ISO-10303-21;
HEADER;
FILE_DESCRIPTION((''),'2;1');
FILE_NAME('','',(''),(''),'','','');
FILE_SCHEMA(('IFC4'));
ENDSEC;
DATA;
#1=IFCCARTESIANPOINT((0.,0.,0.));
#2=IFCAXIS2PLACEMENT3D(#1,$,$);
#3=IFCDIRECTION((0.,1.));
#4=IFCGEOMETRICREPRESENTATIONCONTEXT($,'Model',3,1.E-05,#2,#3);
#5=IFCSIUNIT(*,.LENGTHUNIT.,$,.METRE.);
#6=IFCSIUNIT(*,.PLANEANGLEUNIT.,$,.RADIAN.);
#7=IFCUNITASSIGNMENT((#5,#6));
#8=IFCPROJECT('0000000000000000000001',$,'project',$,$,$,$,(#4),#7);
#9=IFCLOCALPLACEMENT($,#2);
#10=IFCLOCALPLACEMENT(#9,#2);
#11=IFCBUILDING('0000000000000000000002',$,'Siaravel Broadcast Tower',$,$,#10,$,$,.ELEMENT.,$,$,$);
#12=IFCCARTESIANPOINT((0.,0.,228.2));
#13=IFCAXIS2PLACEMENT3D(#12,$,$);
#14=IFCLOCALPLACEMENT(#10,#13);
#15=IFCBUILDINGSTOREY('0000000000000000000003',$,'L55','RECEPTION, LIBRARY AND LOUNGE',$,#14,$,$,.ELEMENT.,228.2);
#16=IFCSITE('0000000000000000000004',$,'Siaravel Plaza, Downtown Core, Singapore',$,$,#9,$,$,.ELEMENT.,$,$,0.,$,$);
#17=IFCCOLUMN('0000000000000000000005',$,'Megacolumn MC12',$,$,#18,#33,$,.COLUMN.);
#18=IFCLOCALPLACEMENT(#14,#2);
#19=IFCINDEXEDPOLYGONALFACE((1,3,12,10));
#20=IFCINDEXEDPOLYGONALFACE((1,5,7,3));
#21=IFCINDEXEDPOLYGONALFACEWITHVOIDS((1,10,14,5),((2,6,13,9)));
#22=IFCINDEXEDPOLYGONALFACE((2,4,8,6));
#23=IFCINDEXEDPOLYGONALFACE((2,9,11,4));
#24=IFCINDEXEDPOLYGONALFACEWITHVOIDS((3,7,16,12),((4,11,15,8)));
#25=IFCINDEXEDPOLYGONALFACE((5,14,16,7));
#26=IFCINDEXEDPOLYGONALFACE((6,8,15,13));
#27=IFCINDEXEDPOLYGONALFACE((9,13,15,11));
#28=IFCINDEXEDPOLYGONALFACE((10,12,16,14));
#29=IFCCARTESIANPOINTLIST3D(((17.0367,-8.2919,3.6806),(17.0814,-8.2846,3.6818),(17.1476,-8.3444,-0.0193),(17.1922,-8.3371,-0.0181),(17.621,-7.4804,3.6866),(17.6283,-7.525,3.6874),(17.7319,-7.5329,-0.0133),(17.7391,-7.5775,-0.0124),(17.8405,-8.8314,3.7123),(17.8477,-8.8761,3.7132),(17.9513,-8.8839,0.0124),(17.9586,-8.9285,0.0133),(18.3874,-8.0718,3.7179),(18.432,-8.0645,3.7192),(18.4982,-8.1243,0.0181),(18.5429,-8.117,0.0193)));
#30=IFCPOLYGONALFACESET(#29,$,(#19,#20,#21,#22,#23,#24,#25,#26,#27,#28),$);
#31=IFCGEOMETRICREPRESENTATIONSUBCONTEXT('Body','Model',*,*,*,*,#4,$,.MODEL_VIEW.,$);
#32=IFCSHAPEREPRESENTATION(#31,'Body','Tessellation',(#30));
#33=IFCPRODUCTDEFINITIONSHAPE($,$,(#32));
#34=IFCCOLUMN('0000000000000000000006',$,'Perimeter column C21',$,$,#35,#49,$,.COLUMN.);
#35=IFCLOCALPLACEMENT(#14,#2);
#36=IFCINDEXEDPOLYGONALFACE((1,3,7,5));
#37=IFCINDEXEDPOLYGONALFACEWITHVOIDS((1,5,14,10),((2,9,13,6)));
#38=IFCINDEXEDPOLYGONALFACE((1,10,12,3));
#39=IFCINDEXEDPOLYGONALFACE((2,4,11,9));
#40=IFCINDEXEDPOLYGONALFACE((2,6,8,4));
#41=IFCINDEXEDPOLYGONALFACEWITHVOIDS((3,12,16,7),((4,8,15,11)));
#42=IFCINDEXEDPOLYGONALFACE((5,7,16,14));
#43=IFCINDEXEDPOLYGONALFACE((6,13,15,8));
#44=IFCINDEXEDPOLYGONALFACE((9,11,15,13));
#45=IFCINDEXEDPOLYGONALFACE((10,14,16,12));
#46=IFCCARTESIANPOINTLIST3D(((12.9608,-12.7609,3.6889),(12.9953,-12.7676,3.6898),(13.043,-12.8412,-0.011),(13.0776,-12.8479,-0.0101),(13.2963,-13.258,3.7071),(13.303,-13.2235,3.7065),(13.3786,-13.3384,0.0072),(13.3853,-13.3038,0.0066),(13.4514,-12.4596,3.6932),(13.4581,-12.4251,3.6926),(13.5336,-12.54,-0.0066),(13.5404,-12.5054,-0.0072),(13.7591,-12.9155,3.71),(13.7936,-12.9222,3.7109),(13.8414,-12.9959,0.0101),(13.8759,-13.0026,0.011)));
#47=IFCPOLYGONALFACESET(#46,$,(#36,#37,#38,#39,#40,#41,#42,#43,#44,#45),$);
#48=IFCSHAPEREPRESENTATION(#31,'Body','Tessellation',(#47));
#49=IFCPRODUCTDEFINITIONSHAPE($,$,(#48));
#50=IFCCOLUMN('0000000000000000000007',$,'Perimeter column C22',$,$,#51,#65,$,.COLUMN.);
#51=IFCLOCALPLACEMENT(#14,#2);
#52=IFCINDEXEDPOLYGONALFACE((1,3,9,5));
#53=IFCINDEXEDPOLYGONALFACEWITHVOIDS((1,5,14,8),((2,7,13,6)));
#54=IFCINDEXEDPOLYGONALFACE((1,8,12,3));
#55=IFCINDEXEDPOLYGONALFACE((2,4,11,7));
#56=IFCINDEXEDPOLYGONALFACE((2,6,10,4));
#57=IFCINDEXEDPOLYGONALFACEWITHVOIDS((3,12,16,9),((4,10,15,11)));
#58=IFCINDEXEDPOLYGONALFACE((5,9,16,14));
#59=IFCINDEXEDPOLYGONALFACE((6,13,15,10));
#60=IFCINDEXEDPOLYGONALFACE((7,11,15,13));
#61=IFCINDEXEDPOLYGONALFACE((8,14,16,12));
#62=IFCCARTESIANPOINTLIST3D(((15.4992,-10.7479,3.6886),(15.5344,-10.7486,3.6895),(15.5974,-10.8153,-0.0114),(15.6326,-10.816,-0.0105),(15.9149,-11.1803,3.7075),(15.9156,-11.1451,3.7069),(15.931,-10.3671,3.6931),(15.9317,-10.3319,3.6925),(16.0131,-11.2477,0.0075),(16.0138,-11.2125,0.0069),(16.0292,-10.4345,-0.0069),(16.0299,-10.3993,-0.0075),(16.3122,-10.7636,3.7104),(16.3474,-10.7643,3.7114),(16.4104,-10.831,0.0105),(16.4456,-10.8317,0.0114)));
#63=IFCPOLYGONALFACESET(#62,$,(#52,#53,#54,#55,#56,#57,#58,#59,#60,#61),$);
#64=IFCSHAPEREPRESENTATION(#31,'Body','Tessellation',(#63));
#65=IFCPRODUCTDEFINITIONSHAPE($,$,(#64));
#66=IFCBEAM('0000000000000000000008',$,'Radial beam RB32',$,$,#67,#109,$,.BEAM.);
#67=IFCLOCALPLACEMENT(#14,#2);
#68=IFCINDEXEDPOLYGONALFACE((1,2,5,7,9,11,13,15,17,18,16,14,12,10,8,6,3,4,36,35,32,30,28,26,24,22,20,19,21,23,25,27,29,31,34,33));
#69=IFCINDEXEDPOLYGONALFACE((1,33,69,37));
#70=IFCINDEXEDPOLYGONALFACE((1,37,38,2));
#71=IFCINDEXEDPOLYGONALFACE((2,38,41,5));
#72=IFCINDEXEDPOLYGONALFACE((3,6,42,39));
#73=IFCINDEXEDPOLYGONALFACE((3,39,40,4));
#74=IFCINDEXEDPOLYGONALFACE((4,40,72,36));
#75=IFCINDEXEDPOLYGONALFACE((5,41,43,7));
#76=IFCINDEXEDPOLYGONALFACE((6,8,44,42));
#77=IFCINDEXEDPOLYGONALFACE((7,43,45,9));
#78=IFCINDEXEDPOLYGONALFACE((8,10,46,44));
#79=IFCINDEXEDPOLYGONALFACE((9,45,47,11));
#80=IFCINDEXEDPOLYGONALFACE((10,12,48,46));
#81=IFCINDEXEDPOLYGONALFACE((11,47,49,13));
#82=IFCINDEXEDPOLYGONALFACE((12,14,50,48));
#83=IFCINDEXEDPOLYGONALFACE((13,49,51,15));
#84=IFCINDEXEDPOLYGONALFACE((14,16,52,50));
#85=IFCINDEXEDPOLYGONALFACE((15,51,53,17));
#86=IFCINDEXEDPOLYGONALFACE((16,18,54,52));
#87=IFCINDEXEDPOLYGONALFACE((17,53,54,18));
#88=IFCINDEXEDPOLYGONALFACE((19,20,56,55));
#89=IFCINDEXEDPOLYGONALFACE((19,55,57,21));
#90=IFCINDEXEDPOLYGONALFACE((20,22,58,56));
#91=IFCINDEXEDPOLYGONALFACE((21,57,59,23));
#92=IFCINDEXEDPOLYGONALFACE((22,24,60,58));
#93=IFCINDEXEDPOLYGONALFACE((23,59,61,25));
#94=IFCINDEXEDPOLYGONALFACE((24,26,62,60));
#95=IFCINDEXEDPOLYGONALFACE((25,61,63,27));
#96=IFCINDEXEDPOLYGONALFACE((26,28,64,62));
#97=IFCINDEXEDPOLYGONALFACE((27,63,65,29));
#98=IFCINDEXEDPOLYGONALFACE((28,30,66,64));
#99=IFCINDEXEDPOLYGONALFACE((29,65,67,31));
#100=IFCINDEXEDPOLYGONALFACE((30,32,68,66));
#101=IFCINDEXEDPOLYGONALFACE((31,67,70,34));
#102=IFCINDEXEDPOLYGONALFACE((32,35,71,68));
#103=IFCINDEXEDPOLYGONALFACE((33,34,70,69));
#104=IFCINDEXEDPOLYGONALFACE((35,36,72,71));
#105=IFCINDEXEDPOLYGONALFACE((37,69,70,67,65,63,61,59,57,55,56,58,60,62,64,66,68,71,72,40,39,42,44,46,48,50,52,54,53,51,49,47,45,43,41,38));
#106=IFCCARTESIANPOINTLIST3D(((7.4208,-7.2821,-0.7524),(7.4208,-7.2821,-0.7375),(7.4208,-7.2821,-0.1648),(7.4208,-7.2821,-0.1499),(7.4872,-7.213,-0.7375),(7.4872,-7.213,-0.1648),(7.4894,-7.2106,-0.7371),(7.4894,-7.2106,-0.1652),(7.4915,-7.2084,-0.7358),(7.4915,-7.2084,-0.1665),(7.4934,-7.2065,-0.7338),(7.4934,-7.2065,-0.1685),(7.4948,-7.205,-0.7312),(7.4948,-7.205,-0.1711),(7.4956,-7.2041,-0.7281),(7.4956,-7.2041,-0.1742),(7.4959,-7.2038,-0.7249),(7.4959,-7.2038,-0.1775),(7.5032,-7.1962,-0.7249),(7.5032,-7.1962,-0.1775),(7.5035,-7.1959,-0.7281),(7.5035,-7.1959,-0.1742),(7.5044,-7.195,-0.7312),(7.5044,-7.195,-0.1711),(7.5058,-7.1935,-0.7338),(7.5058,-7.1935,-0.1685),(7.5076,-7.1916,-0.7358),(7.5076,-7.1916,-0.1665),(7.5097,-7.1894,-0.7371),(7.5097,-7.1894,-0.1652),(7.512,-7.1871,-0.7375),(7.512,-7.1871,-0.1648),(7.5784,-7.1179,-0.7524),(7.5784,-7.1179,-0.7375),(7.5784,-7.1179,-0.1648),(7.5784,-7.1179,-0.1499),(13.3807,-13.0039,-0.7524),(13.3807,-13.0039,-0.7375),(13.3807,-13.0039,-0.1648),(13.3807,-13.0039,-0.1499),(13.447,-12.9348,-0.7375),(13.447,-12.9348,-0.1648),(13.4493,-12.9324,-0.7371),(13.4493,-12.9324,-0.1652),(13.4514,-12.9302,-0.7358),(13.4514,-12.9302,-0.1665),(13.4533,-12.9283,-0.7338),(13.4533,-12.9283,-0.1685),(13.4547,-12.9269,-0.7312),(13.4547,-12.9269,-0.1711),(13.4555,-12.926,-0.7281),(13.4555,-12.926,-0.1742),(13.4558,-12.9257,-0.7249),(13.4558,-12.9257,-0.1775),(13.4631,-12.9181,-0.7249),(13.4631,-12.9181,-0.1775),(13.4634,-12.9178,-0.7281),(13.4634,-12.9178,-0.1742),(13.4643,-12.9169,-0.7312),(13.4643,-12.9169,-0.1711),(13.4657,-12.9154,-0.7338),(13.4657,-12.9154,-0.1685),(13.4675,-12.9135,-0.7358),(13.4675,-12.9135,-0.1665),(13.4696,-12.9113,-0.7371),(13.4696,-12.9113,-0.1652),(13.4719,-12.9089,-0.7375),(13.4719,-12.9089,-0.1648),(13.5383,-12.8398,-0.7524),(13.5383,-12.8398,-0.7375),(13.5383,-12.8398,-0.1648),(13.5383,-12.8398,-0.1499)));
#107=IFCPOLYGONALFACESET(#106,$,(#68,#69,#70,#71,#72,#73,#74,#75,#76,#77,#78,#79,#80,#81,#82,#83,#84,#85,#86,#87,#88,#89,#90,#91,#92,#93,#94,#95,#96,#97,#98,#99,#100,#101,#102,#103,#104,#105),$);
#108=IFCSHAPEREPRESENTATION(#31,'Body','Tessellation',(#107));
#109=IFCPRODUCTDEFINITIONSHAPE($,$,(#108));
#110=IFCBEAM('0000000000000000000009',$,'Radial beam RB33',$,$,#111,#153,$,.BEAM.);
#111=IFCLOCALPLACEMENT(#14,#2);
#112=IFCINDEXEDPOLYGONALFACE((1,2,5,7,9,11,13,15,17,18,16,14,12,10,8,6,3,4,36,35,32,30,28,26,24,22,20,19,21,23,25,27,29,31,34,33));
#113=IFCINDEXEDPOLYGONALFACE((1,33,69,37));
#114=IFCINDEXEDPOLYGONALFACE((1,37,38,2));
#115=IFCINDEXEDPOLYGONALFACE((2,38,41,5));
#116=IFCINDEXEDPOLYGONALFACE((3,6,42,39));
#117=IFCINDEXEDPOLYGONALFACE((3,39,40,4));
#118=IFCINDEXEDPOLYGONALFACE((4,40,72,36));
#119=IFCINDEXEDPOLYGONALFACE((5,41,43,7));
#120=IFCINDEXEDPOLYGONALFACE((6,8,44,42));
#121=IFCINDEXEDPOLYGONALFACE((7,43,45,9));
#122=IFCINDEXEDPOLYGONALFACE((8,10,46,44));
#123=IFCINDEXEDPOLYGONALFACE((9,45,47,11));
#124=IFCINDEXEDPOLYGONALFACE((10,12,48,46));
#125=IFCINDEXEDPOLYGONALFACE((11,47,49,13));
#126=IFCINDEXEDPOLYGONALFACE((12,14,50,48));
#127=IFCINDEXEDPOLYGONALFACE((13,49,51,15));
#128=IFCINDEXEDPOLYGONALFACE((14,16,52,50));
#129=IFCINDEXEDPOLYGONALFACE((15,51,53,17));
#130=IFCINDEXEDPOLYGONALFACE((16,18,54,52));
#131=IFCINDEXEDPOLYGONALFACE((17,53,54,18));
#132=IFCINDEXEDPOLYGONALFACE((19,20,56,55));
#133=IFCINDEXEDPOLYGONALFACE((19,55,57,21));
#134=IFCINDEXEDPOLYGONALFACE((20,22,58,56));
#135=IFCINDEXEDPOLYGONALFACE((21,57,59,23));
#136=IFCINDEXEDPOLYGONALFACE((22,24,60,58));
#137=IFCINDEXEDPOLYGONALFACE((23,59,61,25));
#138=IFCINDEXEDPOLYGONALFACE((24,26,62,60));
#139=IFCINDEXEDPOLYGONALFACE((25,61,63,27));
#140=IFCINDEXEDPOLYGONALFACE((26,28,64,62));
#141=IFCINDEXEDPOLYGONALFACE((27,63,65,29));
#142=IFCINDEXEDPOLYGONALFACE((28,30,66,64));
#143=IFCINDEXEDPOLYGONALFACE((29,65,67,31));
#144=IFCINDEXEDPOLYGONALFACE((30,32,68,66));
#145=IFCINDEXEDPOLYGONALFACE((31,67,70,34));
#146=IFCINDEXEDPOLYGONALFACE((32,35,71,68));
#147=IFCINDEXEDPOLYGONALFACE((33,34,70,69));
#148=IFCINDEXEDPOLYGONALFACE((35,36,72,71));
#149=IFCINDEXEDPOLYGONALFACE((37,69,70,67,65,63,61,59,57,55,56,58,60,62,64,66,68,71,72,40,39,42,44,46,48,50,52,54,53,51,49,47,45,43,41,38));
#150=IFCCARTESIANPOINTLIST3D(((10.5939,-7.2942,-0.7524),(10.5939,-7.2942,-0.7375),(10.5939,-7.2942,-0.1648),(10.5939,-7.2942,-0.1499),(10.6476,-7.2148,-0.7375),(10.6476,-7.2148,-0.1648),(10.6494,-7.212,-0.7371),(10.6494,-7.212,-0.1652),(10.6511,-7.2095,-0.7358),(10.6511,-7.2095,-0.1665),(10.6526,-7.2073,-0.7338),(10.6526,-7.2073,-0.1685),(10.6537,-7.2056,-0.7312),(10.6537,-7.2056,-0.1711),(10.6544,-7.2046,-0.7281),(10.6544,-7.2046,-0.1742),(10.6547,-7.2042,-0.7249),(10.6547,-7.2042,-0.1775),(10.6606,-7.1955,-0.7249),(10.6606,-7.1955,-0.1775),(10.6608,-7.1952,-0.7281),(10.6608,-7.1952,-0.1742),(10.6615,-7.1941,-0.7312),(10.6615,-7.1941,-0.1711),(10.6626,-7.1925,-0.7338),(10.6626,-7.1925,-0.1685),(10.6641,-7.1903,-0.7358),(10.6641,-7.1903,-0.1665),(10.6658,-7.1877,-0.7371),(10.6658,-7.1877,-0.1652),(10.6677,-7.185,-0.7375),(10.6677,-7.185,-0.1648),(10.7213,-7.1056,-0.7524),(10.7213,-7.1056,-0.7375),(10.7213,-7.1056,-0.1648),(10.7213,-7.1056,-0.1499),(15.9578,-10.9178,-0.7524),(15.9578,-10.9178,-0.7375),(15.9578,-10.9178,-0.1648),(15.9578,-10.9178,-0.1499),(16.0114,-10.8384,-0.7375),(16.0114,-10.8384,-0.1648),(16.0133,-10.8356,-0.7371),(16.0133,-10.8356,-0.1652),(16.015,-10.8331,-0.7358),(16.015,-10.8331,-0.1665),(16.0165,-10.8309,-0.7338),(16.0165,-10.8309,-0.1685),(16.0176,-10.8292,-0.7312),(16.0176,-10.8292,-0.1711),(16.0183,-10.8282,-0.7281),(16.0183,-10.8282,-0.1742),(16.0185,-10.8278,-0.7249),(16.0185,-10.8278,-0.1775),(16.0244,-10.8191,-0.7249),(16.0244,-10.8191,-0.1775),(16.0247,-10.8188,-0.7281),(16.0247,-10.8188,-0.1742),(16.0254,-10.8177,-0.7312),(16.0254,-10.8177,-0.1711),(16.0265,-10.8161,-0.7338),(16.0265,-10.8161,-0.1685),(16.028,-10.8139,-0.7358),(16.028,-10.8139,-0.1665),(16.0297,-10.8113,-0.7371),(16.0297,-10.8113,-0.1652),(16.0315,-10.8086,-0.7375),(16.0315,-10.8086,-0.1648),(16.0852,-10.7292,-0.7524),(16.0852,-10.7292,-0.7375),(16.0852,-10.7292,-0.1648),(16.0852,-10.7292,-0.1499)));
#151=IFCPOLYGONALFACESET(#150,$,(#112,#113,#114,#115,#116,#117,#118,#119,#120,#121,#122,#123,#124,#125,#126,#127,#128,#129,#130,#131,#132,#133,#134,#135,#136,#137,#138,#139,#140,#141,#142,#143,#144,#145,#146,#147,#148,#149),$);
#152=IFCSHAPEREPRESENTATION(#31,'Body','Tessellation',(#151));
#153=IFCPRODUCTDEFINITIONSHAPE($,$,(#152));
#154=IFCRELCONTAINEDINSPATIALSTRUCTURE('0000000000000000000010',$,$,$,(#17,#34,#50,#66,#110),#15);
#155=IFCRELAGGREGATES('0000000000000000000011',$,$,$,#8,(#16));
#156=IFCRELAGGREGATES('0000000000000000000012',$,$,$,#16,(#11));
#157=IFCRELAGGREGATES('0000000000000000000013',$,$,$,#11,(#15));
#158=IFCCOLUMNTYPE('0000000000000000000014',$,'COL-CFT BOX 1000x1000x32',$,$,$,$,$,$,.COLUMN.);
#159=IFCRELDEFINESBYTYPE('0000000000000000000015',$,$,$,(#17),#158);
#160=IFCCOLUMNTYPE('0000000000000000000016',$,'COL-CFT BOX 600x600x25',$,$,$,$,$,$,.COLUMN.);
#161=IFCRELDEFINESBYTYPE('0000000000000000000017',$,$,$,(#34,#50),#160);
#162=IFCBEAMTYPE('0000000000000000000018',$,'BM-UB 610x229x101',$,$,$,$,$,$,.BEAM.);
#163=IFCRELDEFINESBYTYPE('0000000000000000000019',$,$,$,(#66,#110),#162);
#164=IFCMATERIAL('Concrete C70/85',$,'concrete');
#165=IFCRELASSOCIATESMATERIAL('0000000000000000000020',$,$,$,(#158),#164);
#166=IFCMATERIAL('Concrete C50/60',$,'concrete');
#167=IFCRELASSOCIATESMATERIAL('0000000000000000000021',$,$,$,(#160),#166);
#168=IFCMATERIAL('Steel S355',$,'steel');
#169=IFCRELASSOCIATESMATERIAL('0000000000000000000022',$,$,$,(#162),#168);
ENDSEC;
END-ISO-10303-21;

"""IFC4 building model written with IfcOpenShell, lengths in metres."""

from ifc_helpers import new_model, si_unit, direction, frame, origin, origin_2d, place, context, subcontext, project, spatial, hollow_rectangle, i_section, extrude, material, material_profile, profile_set, type_object, element, save


model = new_model("IFC4")

# Units and contexts
model_context = context("Model", 3, precision=1e-05, world=origin(), true_north=direction((0.0, 1.0)))
body_context = subcontext(model_context, "Body", "Model", "MODEL_VIEW")
ifc_project = project(units=[si_unit("LENGTHUNIT", "METRE"), si_unit("PLANEANGLEUNIT", "RADIAN")], contexts=[model_context])

# Site, building, storey
site_placement = place(None, origin())
site = spatial("IfcSite", under=ifc_project, at=site_placement, Name="Siaravel Plaza, Downtown Core, Singapore", CompositionType="ELEMENT", RefElevation=0.0)
building_placement = place(site_placement, origin())
building = spatial("IfcBuilding", under=site, at=building_placement, Name="Siaravel Broadcast Tower", CompositionType="ELEMENT")
storey_placement = place(building_placement, frame((0.0, 0.0, 228.2)))
storey = spatial("IfcBuildingStorey", under=building, at=storey_placement, Name="L55", Description="RECEPTION, LIBRARY AND LOUNGE", CompositionType="ELEMENT", Elevation=228.2)

# Columns
ifc_material_1 = material(Name="Concrete C70/85", Category="concrete")
ifc_material_profile_1 = material_profile(ifc_material_1, hollow_rectangle(XDim=1.0, YDim=1.0, WallThickness=0.032, at=origin_2d()))
ifc_profile_set_1 = profile_set([ifc_material_profile_1], Name="Concrete C70/85")
column_type_1 = type_object("IfcColumnType", Name="COL-CFT BOX 1000x1000x32", PredefinedType="COLUMN", material=ifc_profile_set_1)
column_1_placement = place(storey_placement, frame((17.8452, -8.2307, 0.0), z_axis=(-0.029941, 0.014179, 0.999451), x_axis=(-0.584284, -0.811527, -0.005991)))
element("IfcColumn", 1, at=column_1_placement, inside=storey, type_object=column_type_1, Name="Megacolumn MC12", PredefinedType="COLUMN", context=body_context, shape_type="SweptSolid", body=[
    extrude(hollow_rectangle(XDim=1.0, YDim=1.0, WallThickness=0.032, at=origin_2d()), origin(), (0.0, 0.0, 1.0), 3.7019),
])
ifc_material_2 = material(Name="Concrete C50/60", Category="concrete")
ifc_material_profile_2 = material_profile(ifc_material_2, hollow_rectangle(XDim=0.6001, YDim=0.6001, WallThickness=0.0249, at=origin_2d()))
ifc_profile_set_2 = profile_set([ifc_material_profile_2], Name="Concrete C50/60")
column_type_2 = type_object("IfcColumnType", Name="COL-CFT BOX 600x600x25", PredefinedType="COLUMN", material=ifc_profile_set_2)
column_2_placement = place(storey_placement, frame((13.4595, -12.9219, 0.0), z_axis=(-0.022226, 0.021699, 0.999517), x_axis=(-0.828751, -0.559582, -0.006281)))
element("IfcColumn", 2, at=column_2_placement, inside=storey, type_object=column_type_2, Name="Perimeter column C21", PredefinedType="COLUMN", context=body_context, shape_type="SweptSolid", body=[
    extrude(hollow_rectangle(XDim=0.6001, YDim=0.6001, WallThickness=0.0249, at=origin_2d()), origin(), (0.0, 0.0, 1.0), 3.7017),
])
column_3_placement = place(storey_placement, frame((16.0215, -10.8235, 0.0), z_axis=(-0.026512, 0.018202, 0.999483), x_axis=(-0.720722, -0.693194, -0.006493)))
element("IfcColumn", 3, at=column_3_placement, inside=storey, type_object=column_type_2, Name="Perimeter column C22", PredefinedType="COLUMN", context=body_context, shape_type="SweptSolid", body=[
    extrude(hollow_rectangle(XDim=0.6001, YDim=0.6001, WallThickness=0.0249, at=origin_2d()), origin(), (0.0, 0.0, 1.0), 3.7019),
])

# Beams
ifc_material_3 = material(Name="Steel S355", Category="steel")
ifc_material_profile_3 = material_profile(ifc_material_3, i_section(OverallWidth=0.2275, OverallDepth=0.6025, WebThickness=0.0105, FlangeThickness=0.0149, FilletRadius=0.0127, at=origin_2d()))
ifc_profile_set_3 = profile_set([ifc_material_profile_3], Name="Steel S355")
beam_type = type_object("IfcBeamType", Name="BM-UB 610x229x101", PredefinedType="BEAM", material=ifc_profile_set_3)
beam_1_placement = place(storey_placement, frame((13.4595, -12.9219, -0.4512), z_axis=(-0.721365, 0.692555, 0.0), x_axis=(-0.692555, -0.721365, 0.0)))
element("IfcBeam", 4, at=beam_1_placement, inside=storey, type_object=beam_type, Name="Radial beam RB32", PredefinedType="BEAM", context=body_context, shape_type="SweptSolid", body=[
    extrude(i_section(OverallWidth=0.2275, OverallDepth=0.6025, WebThickness=0.0105, FlangeThickness=0.0149, FilletRadius=0.0127, at=origin_2d()), origin(), (0.0, 0.0, 1.0), 8.262),
])
beam_2_placement = place(storey_placement, frame((16.0215, -10.8235, -0.4512), z_axis=(-0.828634, 0.55979, 0.0), x_axis=(-0.55979, -0.828634, 0.0)))
element("IfcBeam", 5, at=beam_2_placement, inside=storey, type_object=beam_type, Name="Radial beam RB33", PredefinedType="BEAM", context=body_context, shape_type="SweptSolid", body=[
    extrude(i_section(OverallWidth=0.2275, OverallDepth=0.6025, WebThickness=0.0105, FlangeThickness=0.0149, FilletRadius=0.0127, at=origin_2d()), origin(), (0.0, 0.0, 1.0), 6.4731),
])

save(model, "model.ifc")
